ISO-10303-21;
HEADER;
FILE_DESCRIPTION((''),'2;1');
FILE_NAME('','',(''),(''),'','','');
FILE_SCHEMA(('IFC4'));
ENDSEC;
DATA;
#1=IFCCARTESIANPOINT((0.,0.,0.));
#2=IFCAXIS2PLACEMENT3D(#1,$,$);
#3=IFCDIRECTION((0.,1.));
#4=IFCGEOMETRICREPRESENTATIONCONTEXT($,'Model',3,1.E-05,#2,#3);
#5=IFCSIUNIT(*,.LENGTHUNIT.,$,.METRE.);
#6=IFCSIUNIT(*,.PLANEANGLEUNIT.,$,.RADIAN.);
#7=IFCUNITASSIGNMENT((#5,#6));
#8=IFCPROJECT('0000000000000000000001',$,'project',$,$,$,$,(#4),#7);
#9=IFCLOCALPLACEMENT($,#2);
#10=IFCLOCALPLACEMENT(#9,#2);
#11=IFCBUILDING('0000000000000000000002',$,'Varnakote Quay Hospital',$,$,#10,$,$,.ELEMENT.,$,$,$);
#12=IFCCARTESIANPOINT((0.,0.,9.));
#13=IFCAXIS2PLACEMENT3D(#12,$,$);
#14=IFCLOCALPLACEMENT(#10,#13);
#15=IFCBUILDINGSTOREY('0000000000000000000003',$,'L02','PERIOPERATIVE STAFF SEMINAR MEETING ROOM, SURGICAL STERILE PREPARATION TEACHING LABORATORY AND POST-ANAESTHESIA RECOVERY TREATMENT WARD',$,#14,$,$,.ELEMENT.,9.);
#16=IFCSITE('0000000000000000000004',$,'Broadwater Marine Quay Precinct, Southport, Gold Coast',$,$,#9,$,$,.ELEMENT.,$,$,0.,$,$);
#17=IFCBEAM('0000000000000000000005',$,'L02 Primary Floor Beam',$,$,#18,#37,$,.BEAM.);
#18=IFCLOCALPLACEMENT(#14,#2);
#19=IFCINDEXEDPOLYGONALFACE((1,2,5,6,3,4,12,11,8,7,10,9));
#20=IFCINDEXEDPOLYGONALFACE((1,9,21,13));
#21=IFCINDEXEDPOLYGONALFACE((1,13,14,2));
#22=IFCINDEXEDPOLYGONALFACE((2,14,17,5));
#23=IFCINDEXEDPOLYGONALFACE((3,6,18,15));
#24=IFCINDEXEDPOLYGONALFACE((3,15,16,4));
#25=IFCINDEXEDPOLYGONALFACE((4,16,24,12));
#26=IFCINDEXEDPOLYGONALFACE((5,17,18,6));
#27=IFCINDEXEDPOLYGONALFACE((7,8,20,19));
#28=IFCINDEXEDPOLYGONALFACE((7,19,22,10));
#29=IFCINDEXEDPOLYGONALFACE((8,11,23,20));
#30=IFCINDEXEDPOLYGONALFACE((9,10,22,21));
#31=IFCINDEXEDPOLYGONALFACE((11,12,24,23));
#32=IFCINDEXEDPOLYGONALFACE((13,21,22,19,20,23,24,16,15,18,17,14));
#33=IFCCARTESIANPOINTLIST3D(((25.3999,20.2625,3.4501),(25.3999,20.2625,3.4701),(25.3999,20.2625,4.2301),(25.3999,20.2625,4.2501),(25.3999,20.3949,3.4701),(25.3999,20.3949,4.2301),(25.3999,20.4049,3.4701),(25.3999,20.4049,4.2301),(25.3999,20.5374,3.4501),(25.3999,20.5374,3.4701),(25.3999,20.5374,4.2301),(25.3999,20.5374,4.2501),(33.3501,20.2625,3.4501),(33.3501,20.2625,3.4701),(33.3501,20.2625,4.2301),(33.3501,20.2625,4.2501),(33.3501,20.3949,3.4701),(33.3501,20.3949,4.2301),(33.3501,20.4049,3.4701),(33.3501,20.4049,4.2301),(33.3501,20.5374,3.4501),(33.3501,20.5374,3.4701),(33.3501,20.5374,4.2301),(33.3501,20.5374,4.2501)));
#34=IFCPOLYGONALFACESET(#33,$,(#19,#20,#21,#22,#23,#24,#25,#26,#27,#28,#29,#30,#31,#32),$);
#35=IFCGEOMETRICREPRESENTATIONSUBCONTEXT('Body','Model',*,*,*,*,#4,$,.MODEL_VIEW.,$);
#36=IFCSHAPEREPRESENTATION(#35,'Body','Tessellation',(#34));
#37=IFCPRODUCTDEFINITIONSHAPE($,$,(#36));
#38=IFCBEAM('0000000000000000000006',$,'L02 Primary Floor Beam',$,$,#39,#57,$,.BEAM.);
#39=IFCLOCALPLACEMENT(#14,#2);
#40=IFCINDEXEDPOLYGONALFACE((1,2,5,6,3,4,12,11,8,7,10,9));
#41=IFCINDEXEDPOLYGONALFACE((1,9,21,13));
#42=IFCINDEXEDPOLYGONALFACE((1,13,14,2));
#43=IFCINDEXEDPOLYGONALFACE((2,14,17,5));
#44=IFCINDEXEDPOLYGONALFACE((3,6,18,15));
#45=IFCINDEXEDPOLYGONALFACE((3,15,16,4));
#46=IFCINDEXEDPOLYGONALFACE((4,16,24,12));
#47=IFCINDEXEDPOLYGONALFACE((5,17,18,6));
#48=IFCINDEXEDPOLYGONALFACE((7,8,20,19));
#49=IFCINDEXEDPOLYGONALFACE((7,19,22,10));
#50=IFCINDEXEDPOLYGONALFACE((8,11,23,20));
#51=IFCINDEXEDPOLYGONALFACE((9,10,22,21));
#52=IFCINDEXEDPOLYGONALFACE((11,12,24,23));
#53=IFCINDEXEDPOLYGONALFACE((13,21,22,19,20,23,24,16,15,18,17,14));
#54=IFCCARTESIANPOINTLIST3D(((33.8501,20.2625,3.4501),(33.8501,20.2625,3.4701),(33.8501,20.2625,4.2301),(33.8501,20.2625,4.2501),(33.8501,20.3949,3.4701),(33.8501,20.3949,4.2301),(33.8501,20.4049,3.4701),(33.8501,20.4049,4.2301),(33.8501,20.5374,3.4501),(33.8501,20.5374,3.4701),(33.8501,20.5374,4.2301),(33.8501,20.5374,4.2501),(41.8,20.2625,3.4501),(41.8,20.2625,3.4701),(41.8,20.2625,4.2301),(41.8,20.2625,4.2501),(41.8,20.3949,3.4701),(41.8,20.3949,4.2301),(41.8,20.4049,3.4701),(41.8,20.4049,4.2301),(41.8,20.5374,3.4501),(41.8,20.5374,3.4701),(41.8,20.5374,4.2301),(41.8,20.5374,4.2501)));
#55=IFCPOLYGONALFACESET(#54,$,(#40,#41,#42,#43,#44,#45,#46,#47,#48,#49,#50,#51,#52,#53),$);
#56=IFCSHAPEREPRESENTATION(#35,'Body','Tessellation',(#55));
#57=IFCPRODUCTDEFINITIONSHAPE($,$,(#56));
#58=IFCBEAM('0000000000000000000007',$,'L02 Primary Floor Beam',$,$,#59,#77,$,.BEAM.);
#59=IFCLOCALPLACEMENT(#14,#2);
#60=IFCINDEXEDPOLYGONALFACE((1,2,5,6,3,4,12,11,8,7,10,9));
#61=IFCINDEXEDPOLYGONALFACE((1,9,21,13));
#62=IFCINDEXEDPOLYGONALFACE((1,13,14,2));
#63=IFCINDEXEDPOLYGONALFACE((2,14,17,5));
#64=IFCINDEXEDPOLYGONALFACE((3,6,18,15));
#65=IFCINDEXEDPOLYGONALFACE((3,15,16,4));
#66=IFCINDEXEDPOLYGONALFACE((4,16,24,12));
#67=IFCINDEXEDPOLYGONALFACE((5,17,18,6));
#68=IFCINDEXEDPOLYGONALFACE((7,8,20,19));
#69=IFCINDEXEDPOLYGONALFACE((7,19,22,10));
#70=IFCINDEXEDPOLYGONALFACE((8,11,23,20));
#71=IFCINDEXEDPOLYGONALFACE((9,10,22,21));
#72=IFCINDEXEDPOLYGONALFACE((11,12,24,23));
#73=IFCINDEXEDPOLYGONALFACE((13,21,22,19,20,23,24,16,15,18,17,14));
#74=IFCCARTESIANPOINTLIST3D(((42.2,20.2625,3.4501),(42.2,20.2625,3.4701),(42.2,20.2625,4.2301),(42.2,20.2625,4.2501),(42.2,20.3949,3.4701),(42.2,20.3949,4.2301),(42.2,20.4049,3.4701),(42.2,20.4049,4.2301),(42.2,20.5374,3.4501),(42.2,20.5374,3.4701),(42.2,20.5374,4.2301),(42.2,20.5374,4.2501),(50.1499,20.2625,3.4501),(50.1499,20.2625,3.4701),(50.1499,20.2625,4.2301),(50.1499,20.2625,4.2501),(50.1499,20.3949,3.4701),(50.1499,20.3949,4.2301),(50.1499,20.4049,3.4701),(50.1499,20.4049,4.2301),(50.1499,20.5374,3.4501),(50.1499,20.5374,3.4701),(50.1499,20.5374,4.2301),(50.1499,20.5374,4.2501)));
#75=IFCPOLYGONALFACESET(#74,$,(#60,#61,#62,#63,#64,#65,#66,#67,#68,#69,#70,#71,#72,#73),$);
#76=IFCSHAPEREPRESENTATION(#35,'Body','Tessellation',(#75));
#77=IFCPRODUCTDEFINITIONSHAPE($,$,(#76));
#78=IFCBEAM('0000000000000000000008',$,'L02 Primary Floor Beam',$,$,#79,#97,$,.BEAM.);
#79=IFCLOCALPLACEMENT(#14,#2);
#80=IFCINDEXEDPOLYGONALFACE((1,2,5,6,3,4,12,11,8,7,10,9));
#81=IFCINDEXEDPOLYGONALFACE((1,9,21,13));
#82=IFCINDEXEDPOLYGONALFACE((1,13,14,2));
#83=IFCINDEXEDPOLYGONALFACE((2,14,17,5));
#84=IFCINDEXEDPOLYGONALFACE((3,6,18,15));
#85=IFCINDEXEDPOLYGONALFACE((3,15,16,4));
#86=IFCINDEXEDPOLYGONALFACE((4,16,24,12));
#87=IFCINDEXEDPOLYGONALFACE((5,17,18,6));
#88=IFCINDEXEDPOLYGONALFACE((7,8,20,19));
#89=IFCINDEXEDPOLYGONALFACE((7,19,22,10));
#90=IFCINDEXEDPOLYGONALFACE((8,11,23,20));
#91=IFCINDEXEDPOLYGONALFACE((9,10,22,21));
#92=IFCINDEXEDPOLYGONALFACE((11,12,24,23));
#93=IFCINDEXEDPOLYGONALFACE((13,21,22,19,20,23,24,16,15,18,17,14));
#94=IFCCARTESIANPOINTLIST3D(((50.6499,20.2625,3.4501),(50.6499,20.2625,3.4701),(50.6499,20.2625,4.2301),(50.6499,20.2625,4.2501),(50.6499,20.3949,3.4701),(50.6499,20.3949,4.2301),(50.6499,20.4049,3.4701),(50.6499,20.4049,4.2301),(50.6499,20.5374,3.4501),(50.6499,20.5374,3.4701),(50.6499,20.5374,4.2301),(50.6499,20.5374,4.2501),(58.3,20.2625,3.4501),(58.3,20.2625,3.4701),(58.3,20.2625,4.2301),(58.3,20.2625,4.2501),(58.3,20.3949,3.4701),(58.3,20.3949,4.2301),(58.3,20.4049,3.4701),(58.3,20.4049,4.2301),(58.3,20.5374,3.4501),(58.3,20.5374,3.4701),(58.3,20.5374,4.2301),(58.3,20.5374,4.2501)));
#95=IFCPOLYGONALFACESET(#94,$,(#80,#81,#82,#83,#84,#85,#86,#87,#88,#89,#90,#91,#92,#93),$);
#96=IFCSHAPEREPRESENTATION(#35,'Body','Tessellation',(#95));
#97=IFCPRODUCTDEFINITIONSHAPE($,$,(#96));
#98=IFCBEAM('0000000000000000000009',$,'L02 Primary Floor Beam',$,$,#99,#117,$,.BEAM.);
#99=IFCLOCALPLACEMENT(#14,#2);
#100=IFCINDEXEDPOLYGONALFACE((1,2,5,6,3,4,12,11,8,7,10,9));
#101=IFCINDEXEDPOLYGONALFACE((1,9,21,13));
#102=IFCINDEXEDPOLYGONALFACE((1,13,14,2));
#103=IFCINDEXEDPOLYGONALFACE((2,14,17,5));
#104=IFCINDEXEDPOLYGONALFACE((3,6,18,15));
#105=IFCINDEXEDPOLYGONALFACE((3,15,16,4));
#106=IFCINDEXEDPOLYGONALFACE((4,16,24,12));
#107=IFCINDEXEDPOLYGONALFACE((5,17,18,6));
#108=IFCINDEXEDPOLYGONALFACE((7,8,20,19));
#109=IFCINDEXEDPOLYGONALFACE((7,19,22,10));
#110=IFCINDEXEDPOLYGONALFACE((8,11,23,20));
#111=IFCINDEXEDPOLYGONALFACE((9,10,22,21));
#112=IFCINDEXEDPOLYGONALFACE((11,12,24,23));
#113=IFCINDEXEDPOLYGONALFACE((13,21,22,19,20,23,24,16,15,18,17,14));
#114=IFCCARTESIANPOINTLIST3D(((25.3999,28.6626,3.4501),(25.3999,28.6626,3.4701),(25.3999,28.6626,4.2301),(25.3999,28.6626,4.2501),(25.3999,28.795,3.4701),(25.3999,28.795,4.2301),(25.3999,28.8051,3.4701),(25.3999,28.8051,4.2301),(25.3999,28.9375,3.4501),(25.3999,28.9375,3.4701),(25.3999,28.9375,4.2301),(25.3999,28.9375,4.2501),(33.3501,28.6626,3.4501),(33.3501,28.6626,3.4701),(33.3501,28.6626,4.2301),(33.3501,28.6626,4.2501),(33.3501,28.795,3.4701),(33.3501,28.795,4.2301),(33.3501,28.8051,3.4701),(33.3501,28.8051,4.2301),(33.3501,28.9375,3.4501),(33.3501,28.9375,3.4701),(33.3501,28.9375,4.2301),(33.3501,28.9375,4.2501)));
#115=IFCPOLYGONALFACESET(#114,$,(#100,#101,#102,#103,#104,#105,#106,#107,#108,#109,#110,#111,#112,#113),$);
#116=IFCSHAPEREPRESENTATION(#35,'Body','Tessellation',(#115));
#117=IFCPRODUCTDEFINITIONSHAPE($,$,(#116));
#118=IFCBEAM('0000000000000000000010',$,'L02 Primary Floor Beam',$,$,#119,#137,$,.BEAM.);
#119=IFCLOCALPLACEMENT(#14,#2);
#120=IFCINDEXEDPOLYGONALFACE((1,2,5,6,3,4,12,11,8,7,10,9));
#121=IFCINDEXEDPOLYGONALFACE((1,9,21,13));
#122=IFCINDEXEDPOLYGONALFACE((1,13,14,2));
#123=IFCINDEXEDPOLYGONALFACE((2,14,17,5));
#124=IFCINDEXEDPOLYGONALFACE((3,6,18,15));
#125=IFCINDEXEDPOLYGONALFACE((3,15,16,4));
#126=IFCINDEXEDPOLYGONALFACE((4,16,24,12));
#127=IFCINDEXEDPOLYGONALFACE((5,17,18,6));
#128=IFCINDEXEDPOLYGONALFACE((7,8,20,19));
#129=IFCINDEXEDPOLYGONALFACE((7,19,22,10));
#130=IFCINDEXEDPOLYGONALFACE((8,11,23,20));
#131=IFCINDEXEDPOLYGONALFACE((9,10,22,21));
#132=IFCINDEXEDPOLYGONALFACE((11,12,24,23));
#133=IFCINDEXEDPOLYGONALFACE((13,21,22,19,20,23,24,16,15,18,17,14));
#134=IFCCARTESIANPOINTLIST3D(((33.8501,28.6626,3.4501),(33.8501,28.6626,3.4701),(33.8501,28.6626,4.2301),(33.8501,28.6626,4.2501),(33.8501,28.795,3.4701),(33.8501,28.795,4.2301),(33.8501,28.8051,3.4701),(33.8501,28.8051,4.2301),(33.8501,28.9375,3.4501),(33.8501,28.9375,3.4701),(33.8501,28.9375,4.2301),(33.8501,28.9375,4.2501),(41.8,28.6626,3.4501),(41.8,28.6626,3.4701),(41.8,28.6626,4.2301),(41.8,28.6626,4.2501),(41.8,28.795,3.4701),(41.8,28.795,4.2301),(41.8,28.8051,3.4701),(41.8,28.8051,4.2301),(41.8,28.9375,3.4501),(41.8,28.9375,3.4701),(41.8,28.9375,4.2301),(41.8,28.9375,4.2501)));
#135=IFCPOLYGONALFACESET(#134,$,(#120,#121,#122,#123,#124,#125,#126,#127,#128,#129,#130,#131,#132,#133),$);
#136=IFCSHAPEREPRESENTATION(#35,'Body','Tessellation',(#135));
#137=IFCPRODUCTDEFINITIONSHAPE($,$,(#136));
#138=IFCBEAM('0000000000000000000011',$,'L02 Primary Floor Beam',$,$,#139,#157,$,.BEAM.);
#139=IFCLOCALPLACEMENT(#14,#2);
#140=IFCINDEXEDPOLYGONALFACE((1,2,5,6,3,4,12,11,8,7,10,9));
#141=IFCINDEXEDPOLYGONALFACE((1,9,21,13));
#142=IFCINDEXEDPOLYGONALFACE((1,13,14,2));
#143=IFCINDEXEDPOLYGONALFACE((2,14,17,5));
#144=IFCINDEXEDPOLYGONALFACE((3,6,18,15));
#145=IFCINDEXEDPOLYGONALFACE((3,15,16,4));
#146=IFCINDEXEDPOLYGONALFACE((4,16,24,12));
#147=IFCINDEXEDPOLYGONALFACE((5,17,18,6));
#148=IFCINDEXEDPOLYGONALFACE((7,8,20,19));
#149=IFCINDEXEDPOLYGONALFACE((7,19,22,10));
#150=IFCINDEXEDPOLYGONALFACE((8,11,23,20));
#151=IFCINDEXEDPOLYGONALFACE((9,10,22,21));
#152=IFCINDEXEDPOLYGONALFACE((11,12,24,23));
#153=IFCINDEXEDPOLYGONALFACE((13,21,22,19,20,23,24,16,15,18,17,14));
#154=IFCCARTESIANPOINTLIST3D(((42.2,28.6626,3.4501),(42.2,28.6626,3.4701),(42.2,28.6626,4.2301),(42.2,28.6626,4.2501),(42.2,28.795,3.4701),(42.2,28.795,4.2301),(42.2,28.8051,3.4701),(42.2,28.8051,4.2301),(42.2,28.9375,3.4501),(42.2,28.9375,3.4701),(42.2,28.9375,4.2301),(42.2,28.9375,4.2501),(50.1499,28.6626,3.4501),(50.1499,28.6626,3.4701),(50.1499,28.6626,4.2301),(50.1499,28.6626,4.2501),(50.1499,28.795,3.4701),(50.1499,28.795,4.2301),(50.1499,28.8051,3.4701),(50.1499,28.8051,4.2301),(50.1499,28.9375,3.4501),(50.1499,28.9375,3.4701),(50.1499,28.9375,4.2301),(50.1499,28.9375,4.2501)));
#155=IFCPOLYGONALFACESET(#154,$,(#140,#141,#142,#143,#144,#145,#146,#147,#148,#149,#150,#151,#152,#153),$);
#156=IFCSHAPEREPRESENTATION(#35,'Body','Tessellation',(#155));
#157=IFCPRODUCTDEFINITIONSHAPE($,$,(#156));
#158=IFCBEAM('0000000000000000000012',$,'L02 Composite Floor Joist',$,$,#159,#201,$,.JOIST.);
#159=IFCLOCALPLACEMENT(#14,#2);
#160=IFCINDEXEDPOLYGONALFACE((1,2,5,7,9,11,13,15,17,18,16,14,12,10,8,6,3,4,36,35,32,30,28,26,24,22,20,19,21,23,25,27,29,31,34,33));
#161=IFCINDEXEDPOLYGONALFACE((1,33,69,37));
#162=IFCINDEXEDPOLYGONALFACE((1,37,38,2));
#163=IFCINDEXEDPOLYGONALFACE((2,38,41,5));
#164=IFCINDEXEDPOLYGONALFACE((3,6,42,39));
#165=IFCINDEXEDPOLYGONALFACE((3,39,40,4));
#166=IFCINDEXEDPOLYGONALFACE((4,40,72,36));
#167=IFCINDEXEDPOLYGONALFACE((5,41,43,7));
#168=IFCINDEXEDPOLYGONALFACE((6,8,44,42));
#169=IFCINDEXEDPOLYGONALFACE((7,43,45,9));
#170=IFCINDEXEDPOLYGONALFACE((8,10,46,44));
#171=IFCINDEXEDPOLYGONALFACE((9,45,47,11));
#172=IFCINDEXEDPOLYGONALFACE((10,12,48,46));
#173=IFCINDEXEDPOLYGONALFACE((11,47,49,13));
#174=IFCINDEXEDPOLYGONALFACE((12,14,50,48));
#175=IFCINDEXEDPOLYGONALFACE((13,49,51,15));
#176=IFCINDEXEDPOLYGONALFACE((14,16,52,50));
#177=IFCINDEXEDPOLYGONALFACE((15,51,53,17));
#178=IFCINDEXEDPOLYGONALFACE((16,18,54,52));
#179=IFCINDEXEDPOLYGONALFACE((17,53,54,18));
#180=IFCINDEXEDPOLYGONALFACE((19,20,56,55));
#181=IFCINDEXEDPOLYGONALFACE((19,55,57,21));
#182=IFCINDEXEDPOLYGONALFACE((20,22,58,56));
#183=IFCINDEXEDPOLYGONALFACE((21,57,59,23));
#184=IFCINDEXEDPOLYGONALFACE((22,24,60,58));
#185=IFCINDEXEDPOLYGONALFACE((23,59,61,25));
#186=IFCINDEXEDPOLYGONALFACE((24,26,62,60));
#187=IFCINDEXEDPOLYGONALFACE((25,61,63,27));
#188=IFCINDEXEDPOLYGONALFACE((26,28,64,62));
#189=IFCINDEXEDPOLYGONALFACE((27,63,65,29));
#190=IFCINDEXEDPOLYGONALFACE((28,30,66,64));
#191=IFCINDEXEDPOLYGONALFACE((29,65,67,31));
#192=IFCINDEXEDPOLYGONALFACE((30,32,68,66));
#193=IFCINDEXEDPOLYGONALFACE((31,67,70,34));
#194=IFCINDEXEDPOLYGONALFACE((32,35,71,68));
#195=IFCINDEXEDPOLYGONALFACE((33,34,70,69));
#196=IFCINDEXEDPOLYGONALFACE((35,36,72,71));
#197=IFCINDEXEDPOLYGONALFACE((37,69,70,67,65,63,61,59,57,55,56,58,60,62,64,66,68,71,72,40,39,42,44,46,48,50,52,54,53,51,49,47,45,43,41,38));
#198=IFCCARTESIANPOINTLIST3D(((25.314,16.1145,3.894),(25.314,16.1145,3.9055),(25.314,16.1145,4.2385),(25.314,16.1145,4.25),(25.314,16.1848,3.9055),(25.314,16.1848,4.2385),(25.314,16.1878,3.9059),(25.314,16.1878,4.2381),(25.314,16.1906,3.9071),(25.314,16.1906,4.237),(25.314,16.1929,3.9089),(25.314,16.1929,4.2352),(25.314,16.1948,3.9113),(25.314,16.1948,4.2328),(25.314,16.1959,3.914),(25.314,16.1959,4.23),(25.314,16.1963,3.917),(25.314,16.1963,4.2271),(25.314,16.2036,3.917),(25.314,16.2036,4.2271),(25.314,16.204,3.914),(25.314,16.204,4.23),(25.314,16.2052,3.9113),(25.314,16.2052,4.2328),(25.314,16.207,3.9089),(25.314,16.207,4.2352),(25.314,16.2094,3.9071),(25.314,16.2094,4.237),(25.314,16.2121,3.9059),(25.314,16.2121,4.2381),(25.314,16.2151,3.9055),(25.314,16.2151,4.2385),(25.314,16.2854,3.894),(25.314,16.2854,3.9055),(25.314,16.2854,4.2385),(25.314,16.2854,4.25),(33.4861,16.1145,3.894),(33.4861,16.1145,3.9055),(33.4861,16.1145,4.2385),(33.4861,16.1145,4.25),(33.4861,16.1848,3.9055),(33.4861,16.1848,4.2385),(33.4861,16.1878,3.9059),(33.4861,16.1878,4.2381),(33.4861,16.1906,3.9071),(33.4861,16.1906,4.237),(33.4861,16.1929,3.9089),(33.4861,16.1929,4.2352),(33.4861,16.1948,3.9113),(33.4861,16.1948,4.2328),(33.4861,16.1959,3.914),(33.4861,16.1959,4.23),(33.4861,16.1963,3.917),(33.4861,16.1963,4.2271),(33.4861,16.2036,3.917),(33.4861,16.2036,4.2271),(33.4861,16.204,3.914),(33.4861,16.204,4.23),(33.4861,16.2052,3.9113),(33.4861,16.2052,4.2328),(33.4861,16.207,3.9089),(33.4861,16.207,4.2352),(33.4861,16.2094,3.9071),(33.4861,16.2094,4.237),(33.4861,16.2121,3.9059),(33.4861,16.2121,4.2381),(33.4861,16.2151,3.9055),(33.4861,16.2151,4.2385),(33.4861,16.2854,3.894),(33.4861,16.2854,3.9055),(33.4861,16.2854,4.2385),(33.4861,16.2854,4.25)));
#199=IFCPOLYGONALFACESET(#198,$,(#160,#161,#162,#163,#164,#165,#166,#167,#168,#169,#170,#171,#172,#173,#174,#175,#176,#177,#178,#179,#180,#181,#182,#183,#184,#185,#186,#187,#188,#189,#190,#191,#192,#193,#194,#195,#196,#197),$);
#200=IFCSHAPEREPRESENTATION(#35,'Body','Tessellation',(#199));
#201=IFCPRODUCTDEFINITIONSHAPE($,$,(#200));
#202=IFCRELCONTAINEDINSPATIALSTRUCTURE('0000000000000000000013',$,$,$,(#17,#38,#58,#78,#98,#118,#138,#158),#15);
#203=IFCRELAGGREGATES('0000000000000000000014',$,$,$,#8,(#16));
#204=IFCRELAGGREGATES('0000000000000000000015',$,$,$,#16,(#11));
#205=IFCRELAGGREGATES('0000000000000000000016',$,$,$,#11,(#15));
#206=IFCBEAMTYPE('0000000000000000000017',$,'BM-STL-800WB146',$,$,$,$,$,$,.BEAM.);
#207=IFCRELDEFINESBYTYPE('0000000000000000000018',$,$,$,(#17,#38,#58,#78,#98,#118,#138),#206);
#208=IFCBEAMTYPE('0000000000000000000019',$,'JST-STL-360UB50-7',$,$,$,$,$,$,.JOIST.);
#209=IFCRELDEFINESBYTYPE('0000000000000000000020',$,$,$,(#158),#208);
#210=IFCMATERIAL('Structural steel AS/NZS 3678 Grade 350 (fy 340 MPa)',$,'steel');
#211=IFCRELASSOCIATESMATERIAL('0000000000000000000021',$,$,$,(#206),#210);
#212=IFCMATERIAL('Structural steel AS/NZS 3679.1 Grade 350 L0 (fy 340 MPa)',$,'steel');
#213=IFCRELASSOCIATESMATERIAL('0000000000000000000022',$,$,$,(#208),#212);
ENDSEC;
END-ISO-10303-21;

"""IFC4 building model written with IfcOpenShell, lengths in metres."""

from ifc_helpers import new_model, si_unit, direction, frame, origin, origin_2d, place, context, subcontext, project, spatial, i_section, extrude, material, material_profile, profile_set, type_object, element, save


model = new_model("IFC4")

# Units and contexts
model_context = context("Model", 3, precision=1e-05, world=origin(), true_north=direction((0.0, 1.0)))
body_context = subcontext(model_context, "Body", "Model", "MODEL_VIEW")
ifc_project = project(units=[si_unit("LENGTHUNIT", "METRE"), si_unit("PLANEANGLEUNIT", "RADIAN")], contexts=[model_context])

# Site, building, storey
site_placement = place(None, origin())
site = spatial("IfcSite", under=ifc_project, at=site_placement, Name="Broadwater Marine Quay Precinct, Southport, Gold Coast", CompositionType="ELEMENT", RefElevation=0.0)
building_placement = place(site_placement, origin())
building = spatial("IfcBuilding", under=site, at=building_placement, Name="Varnakote Quay Hospital", CompositionType="ELEMENT")
storey_placement = place(building_placement, frame((0.0, 0.0, 9.0)))
storey = spatial("IfcBuildingStorey", under=building, at=storey_placement, Name="L02", Description="PERIOPERATIVE STAFF SEMINAR MEETING ROOM, SURGICAL STERILE PREPARATION TEACHING LABORATORY AND POST-ANAESTHESIA RECOVERY TREATMENT WARD", CompositionType="ELEMENT", Elevation=9.0)

# Beams
ifc_material_1 = material(Name="Structural steel AS/NZS 3678 Grade 350 (fy 340 MPa)", Category="steel")
ifc_material_profile_1 = material_profile(ifc_material_1, i_section(OverallWidth=0.2749, OverallDepth=0.8, WebThickness=0.01, FlangeThickness=0.02, at=origin_2d()), Name="800WB146")
ifc_profile_set_1 = profile_set([ifc_material_profile_1], Name="Structural steel AS/NZS 3678 Grade 350 (fy 340 MPa)")
beam_type_1 = type_object("IfcBeamType", Name="BM-STL-800WB146", PredefinedType="BEAM", material=ifc_profile_set_1)
beam_1_placement = place(storey_placement, frame((25.3999, 20.3999, 3.8501), z_axis=(1.0, 0.0, 0.0), x_axis=(0.0, 1.0, 0.0)))
element("IfcBeam", 1, at=beam_1_placement, inside=storey, type_object=beam_type_1, Name="L02 Primary Floor Beam", PredefinedType="BEAM", context=body_context, shape_type="SweptSolid", body=[
    extrude(i_section(OverallWidth=0.2749, OverallDepth=0.8, WebThickness=0.01, FlangeThickness=0.02, at=origin_2d()), origin(), (0.0, 0.0, 1.0), 7.9502),
])
for number, where, z_axis, x_axis, name in (
    (2, (33.8501, 20.3999, 3.8501), (1.0, 0.0, 0.0), (0.0, 1.0, 0.0), "L02 Primary Floor Beam"),
    (3, (42.2, 20.3999, 3.8501), (1.0, 0.0, 0.0), (0.0, 1.0, 0.0), "L02 Primary Floor Beam"),
):
    element("IfcBeam", number, at=place(storey_placement, frame(where, z_axis=z_axis, x_axis=x_axis)), inside=storey, type_object=beam_type_1, Name=name, PredefinedType="BEAM", context=body_context, shape_type="SweptSolid", body=[
        extrude(i_section(OverallWidth=0.2749, OverallDepth=0.8, WebThickness=0.01, FlangeThickness=0.02, at=origin_2d()), origin(), (0.0, 0.0, 1.0), 7.95),
    ])
beam_2_placement = place(storey_placement, frame((50.6499, 20.3999, 3.8501), z_axis=(1.0, 0.0, 0.0), x_axis=(0.0, 1.0, 0.0)))
element("IfcBeam", 4, at=beam_2_placement, inside=storey, type_object=beam_type_1, Name="L02 Primary Floor Beam", PredefinedType="BEAM", context=body_context, shape_type="SweptSolid", body=[
    extrude(i_section(OverallWidth=0.2749, OverallDepth=0.8, WebThickness=0.01, FlangeThickness=0.02, at=origin_2d()), origin(), (0.0, 0.0, 1.0), 7.6501),
])
beam_3_placement = place(storey_placement, frame((25.3999, 28.8, 3.8501), z_axis=(1.0, 0.0, 0.0), x_axis=(0.0, 1.0, 0.0)))
element("IfcBeam", 5, at=beam_3_placement, inside=storey, type_object=beam_type_1, Name="L02 Primary Floor Beam", PredefinedType="BEAM", context=body_context, shape_type="SweptSolid", body=[
    extrude(i_section(OverallWidth=0.2749, OverallDepth=0.8, WebThickness=0.01, FlangeThickness=0.02, at=origin_2d()), origin(), (0.0, 0.0, 1.0), 7.9502),
])
for number, where, z_axis, x_axis, name in (
    (6, (33.8501, 28.8, 3.8501), (1.0, 0.0, 0.0), (0.0, 1.0, 0.0), "L02 Primary Floor Beam"),
    (7, (42.2, 28.8, 3.8501), (1.0, 0.0, 0.0), (0.0, 1.0, 0.0), "L02 Primary Floor Beam"),
):
    element("IfcBeam", number, at=place(storey_placement, frame(where, z_axis=z_axis, x_axis=x_axis)), inside=storey, type_object=beam_type_1, Name=name, PredefinedType="BEAM", context=body_context, shape_type="SweptSolid", body=[
        extrude(i_section(OverallWidth=0.2749, OverallDepth=0.8, WebThickness=0.01, FlangeThickness=0.02, at=origin_2d()), origin(), (0.0, 0.0, 1.0), 7.95),
    ])
ifc_material_2 = material(Name="Structural steel AS/NZS 3679.1 Grade 350 L0 (fy 340 MPa)", Category="steel")
ifc_material_profile_2 = material_profile(ifc_material_2, i_section(OverallWidth=0.1709, OverallDepth=0.356, WebThickness=0.0073, FlangeThickness=0.0115, FilletRadius=0.0115, at=origin_2d()), Name="360UB50.7")
ifc_profile_set_2 = profile_set([ifc_material_profile_2], Name="Structural steel AS/NZS 3679.1 Grade 350 L0 (fy 340 MPa)")
beam_type_2 = type_object("IfcBeamType", Name="JST-STL-360UB50-7", PredefinedType="JOIST", material=ifc_profile_set_2)
beam_4_placement = place(storey_placement, frame((25.314, 16.2, 4.072), z_axis=(1.0, 0.0, 0.0), x_axis=(0.0, 1.0, 0.0)))
element("IfcBeam", 8, at=beam_4_placement, inside=storey, type_object=beam_type_2, Name="L02 Composite Floor Joist", PredefinedType="JOIST", context=body_context, shape_type="SweptSolid", body=[
    extrude(i_section(OverallWidth=0.1709, OverallDepth=0.356, WebThickness=0.0073, FlangeThickness=0.0115, FilletRadius=0.0115, at=origin_2d()), origin(), (0.0, 0.0, 1.0), 8.1721),
])

save(model, "model.ifc")
